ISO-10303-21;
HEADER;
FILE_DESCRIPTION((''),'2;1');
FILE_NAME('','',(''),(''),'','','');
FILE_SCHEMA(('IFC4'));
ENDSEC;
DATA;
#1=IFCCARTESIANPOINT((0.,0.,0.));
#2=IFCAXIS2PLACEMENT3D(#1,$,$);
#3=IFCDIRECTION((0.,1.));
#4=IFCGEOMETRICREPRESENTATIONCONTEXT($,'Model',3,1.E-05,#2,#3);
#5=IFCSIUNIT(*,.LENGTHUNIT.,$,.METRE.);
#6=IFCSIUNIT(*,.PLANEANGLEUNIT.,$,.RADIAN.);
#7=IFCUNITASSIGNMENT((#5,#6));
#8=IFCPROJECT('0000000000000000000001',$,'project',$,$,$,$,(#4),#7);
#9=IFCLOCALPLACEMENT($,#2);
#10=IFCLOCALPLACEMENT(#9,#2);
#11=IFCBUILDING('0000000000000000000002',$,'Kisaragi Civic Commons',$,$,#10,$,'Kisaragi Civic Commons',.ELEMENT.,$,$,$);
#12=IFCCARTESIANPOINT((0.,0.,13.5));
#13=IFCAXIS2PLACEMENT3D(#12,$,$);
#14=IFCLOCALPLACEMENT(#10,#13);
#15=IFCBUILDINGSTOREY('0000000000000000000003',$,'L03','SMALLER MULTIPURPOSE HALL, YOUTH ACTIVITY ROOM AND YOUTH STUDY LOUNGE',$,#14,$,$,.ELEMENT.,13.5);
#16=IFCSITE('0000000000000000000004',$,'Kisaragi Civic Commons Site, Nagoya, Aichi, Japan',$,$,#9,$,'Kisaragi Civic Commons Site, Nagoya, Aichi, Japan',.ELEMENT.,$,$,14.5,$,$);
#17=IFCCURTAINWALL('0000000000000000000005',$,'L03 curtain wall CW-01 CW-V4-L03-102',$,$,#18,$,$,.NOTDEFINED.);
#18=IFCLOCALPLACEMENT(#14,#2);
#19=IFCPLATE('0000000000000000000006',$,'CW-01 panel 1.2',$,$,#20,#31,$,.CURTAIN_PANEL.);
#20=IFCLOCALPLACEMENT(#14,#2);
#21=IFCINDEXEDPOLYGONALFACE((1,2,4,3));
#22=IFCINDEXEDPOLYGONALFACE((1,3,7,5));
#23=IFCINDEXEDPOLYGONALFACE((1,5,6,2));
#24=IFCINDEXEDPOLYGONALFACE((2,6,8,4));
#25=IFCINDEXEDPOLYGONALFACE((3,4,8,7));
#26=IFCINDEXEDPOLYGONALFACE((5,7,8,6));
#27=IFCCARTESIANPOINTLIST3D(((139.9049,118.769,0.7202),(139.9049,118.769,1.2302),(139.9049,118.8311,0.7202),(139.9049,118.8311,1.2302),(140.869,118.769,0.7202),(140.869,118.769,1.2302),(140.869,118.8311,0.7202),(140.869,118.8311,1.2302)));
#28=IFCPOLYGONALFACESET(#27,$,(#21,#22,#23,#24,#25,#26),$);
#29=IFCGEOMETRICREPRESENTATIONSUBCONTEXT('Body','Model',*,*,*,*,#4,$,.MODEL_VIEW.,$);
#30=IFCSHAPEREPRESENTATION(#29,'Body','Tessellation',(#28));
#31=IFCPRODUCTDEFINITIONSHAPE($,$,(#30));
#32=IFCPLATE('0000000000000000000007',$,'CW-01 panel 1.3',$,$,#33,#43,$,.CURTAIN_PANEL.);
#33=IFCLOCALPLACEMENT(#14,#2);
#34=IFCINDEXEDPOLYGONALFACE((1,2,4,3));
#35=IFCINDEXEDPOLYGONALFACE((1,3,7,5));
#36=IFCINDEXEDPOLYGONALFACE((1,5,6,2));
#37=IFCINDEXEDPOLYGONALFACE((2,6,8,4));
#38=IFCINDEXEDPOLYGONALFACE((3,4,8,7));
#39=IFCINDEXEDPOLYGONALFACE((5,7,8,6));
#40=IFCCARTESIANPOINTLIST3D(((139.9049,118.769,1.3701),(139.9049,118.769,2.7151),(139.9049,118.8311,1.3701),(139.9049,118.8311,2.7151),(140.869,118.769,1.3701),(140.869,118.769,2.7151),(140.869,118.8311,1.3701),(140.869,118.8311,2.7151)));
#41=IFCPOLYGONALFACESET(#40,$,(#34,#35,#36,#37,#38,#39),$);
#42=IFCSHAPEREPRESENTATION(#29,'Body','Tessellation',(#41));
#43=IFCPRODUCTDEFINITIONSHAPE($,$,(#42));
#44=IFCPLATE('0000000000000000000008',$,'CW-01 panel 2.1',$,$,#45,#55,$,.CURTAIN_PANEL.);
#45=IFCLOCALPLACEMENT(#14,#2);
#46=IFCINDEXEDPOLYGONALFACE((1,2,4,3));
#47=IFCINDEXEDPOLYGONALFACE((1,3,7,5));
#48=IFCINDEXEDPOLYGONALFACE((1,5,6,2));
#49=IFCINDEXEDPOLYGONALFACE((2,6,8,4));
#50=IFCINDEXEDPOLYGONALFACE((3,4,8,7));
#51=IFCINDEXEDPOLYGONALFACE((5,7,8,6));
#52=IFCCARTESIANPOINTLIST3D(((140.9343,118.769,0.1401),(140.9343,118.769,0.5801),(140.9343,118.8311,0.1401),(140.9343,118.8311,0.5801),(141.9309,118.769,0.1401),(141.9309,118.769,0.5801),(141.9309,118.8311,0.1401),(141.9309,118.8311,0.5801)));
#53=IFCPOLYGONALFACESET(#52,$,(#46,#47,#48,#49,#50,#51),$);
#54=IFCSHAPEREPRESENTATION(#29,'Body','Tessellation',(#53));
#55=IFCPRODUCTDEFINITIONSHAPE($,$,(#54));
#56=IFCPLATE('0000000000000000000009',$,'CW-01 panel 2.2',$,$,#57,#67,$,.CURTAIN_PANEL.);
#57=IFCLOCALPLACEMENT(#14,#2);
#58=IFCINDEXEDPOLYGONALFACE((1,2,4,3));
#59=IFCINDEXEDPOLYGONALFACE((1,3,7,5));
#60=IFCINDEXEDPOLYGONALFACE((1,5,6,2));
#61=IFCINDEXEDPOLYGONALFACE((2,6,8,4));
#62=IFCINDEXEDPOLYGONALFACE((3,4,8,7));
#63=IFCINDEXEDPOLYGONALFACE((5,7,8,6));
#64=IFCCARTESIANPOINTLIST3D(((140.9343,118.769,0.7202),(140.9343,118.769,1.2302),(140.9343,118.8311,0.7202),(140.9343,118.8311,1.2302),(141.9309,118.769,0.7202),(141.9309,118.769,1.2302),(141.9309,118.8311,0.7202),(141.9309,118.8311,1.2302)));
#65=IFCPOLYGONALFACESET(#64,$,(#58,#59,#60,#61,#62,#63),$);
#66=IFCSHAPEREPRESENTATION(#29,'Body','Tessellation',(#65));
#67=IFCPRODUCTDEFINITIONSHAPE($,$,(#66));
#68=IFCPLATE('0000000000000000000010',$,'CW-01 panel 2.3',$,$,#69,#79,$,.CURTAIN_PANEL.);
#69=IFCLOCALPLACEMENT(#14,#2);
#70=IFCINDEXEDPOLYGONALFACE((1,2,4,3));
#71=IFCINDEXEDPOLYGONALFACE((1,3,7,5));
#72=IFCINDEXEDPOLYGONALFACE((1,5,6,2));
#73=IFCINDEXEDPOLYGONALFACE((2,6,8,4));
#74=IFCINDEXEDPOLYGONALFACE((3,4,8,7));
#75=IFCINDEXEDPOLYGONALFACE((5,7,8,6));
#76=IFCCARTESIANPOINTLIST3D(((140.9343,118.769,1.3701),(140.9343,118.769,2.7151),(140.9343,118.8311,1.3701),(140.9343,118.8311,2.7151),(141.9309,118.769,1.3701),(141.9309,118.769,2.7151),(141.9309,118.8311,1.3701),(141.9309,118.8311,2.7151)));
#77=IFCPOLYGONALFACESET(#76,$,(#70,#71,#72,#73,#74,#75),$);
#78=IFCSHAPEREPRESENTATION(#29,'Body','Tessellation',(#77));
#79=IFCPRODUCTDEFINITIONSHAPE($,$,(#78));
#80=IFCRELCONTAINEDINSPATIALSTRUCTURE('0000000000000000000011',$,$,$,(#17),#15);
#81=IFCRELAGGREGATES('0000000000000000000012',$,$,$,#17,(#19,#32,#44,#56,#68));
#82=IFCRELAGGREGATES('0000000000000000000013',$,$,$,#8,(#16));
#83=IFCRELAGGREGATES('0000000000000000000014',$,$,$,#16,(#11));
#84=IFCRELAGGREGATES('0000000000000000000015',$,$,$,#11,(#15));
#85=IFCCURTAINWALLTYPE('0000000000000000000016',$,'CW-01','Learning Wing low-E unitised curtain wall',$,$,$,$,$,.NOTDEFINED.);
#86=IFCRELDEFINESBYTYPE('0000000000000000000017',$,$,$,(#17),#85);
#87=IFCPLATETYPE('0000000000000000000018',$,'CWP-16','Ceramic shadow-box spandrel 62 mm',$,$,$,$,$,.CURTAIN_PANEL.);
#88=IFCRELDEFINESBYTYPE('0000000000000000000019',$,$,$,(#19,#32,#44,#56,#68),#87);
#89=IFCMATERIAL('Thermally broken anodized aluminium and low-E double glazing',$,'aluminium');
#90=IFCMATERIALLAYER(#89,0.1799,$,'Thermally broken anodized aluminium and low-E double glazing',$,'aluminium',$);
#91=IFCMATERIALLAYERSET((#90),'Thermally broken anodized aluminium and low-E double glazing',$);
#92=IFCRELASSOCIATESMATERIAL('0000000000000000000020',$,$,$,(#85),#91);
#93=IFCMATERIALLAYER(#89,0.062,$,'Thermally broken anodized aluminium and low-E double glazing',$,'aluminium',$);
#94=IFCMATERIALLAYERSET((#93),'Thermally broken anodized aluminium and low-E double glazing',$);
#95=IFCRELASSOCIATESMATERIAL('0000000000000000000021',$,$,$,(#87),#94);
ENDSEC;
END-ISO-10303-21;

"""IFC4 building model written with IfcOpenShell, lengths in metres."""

from ifc_helpers import new_model, si_unit, direction, frame, origin, origin_2d, place, context, subcontext, project, spatial, rectangle, extrude, material, layer, layer_set, type_object, element, aggregate, save


model = new_model("IFC4")

# Units and contexts
model_context = context("Model", 3, precision=1e-05, world=origin(), true_north=direction((0.0, 1.0)))
body_context = subcontext(model_context, "Body", "Model", "MODEL_VIEW")
ifc_project = project(units=[si_unit("LENGTHUNIT", "METRE"), si_unit("PLANEANGLEUNIT", "RADIAN")], contexts=[model_context])

# Site, building, storey
site_placement = place(None, origin())
site = spatial("IfcSite", under=ifc_project, at=site_placement, Name="Kisaragi Civic Commons Site, Nagoya, Aichi, Japan", LongName="Kisaragi Civic Commons Site, Nagoya, Aichi, Japan", CompositionType="ELEMENT", RefElevation=14.5)
building_placement = place(site_placement, origin())
building = spatial("IfcBuilding", under=site, at=building_placement, Name="Kisaragi Civic Commons", LongName="Kisaragi Civic Commons", CompositionType="ELEMENT")
storey_placement = place(building_placement, frame((0.0, 0.0, 13.5)))
storey = spatial("IfcBuildingStorey", under=building, at=storey_placement, Name="L03", Description="SMALLER MULTIPURPOSE HALL, YOUTH ACTIVITY ROOM AND YOUTH STUDY LOUNGE", CompositionType="ELEMENT", Elevation=13.5)

# Shared definitions
ifc_material = material(Name="Thermally broken anodized aluminium and low-E double glazing", Category="aluminium")
ifc_layer_1 = layer(ifc_material, 0.1799, Name="Thermally broken anodized aluminium and low-E double glazing", Category="aluminium")
ifc_layer_set_1 = layer_set([ifc_layer_1], Name="Thermally broken anodized aluminium and low-E double glazing")
curtain_wall_type = type_object("IfcCurtainWallType", Name="CW-01", Description="Learning Wing low-E unitised curtain wall", PredefinedType="NOTDEFINED", material=ifc_layer_set_1)

# Curtain wall
curtain_wall_1_placement = place(storey_placement, origin())
curtain_wall_1 = element("IfcCurtainWall", 1, at=curtain_wall_1_placement, inside=storey, type_object=curtain_wall_type, Name="L03 curtain wall CW-01 CW-V4-L03-102", PredefinedType="NOTDEFINED")

# Plates
ifc_layer_2 = layer(ifc_material, 0.062, Name="Thermally broken anodized aluminium and low-E double glazing", Category="aluminium")
ifc_layer_set_2 = layer_set([ifc_layer_2], Name="Thermally broken anodized aluminium and low-E double glazing")
plate_type_1 = type_object("IfcPlateType", Name="CWP-16", Description="Ceramic shadow-box spandrel 62 mm", PredefinedType="CURTAIN_PANEL", material=ifc_layer_set_2)
plate_1_placement = place(storey_placement, frame((140.387, 118.8, 0.7202), z_axis=(0.0, 0.0, 1.0), x_axis=(1.0, 0.0, 0.0)))
plate_1 = element("IfcPlate", 2, at=plate_1_placement, type_object=plate_type_1, Name="CW-01 panel 1.2", PredefinedType="CURTAIN_PANEL", context=body_context, shape_type="SweptSolid", body=[
    extrude(rectangle(XDim=0.9641, YDim=0.062, at=origin_2d()), origin(), (0.0, 0.0, 1.0), 0.51),
])
plate_2_placement = place(storey_placement, frame((140.387, 118.8, 1.3701), z_axis=(0.0, 0.0, 1.0), x_axis=(1.0, 0.0, 0.0)))
plate_2 = element("IfcPlate", 3, at=plate_2_placement, type_object=plate_type_1, Name="CW-01 panel 1.3", PredefinedType="CURTAIN_PANEL", context=body_context, shape_type="SweptSolid", body=[
    extrude(rectangle(XDim=0.9641, YDim=0.062, at=origin_2d()), origin(), (0.0, 0.0, 1.0), 1.345),
])
plate_3_placement = place(storey_placement, frame((141.4326, 118.8, 0.1401), z_axis=(0.0, 0.0, 1.0), x_axis=(1.0, 0.0, 0.0)))
plate_3 = element("IfcPlate", 4, at=plate_3_placement, type_object=plate_type_1, Name="CW-01 panel 2.1", PredefinedType="CURTAIN_PANEL", context=body_context, shape_type="SweptSolid", body=[
    extrude(rectangle(XDim=0.9966, YDim=0.062, at=origin_2d()), origin(), (0.0, 0.0, 1.0), 0.4399),
])
plate_4_placement = place(storey_placement, frame((141.4326, 118.8, 0.7202), z_axis=(0.0, 0.0, 1.0), x_axis=(1.0, 0.0, 0.0)))
plate_4 = element("IfcPlate", 5, at=plate_4_placement, type_object=plate_type_1, Name="CW-01 panel 2.2", PredefinedType="CURTAIN_PANEL", context=body_context, shape_type="SweptSolid", body=[
    extrude(rectangle(XDim=0.9966, YDim=0.062, at=origin_2d()), origin(), (0.0, 0.0, 1.0), 0.51),
])
plate_5_placement = place(storey_placement, frame((141.4326, 118.8, 1.3701), z_axis=(0.0, 0.0, 1.0), x_axis=(1.0, 0.0, 0.0)))
plate_5 = element("IfcPlate", 6, at=plate_5_placement, type_object=plate_type_1, Name="CW-01 panel 2.3", PredefinedType="CURTAIN_PANEL", context=body_context, shape_type="SweptSolid", body=[
    extrude(rectangle(XDim=0.9966, YDim=0.062, at=origin_2d()), origin(), (0.0, 0.0, 1.0), 1.345),
])
aggregate(curtain_wall_1, [plate_1, plate_2, plate_3, plate_4, plate_5])

save(model, "model.ifc")
